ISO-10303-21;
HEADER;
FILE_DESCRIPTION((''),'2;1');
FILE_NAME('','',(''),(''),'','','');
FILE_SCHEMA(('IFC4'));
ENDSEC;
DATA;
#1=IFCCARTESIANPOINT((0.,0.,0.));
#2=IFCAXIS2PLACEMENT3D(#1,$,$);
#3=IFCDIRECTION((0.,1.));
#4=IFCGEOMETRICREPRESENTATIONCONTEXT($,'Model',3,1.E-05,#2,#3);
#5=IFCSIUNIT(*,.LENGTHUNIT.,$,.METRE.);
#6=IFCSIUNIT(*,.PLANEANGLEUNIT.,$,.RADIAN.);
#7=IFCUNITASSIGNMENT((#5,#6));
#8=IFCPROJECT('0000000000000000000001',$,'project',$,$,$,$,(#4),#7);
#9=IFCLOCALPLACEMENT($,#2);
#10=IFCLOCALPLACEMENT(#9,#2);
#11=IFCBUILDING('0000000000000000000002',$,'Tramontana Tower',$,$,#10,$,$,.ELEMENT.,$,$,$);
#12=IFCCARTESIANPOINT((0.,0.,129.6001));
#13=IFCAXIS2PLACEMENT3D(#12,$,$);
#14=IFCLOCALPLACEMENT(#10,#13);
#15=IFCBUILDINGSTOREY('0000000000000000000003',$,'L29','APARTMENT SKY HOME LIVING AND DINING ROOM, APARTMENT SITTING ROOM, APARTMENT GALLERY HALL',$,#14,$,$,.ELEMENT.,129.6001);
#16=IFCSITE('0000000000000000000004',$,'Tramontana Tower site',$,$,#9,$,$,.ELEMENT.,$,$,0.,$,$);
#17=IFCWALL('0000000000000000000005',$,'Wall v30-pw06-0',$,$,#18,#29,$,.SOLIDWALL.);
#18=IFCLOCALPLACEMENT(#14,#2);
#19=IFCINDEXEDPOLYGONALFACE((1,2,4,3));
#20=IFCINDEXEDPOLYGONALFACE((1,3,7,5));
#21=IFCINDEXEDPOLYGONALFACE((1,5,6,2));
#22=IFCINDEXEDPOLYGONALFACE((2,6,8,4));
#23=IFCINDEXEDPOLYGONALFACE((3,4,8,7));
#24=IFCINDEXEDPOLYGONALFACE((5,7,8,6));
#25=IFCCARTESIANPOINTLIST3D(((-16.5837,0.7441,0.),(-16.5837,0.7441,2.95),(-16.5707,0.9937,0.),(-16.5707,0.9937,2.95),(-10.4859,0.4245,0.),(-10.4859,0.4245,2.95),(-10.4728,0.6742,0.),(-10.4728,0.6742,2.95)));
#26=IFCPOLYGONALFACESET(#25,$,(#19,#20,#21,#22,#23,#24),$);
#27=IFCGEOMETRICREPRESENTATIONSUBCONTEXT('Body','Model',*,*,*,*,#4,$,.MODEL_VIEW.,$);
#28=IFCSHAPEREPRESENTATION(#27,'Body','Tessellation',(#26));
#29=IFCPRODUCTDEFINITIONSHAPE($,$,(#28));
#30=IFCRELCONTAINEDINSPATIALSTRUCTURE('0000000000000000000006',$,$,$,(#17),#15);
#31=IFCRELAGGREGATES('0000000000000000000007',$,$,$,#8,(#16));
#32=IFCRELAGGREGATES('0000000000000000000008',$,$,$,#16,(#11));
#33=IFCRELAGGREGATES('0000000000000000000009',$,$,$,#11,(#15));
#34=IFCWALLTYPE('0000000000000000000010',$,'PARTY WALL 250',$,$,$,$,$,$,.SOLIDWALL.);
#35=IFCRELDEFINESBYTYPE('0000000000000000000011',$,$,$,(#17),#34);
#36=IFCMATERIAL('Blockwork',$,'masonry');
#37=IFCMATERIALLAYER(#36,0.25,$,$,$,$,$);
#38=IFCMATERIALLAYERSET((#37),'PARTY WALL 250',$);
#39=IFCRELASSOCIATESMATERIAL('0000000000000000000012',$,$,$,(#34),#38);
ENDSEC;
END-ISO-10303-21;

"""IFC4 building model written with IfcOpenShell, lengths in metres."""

from ifc_helpers import new_model, si_unit, direction, frame, frame_2d, origin, place, context, subcontext, project, spatial, rectangle, extrude, material, layer, layer_set, type_object, element, save


model = new_model("IFC4")

# Units and contexts
model_context = context("Model", 3, precision=1e-05, world=origin(), true_north=direction((0.0, 1.0)))
body_context = subcontext(model_context, "Body", "Model", "MODEL_VIEW")
ifc_project = project(units=[si_unit("LENGTHUNIT", "METRE"), si_unit("PLANEANGLEUNIT", "RADIAN")], contexts=[model_context])

# Site, building, storey
site_placement = place(None, origin())
site = spatial("IfcSite", under=ifc_project, at=site_placement, Name="Tramontana Tower site", CompositionType="ELEMENT", RefElevation=0.0)
building_placement = place(site_placement, origin())
building = spatial("IfcBuilding", under=site, at=building_placement, Name="Tramontana Tower", CompositionType="ELEMENT")
storey_placement = place(building_placement, frame((0.0, 0.0, 129.6001)))
storey = spatial("IfcBuildingStorey", under=building, at=storey_placement, Name="L29", Description="APARTMENT SKY HOME LIVING AND DINING ROOM, APARTMENT SITTING ROOM, APARTMENT GALLERY HALL", CompositionType="ELEMENT", Elevation=129.6001)

# Wall
ifc_material_1 = material(Name="Blockwork", Category="masonry")
ifc_layer_1 = layer(ifc_material_1, 0.25)
ifc_layer_set_1 = layer_set([ifc_layer_1], Name="PARTY WALL 250")
wall_type_1 = type_object("IfcWallType", Name="PARTY WALL 250", PredefinedType="SOLIDWALL", material=ifc_layer_set_1)
wall_1_placement = place(storey_placement, frame((-10.4792, 0.5493, 0.0), z_axis=(0.0, 0.0, 1.0), x_axis=(-0.99863, 0.052336, 0.0)))
element("IfcWall", 1, at=wall_1_placement, inside=storey, type_object=wall_type_1, Name="Wall v30-pw06-0", PredefinedType="SOLIDWALL", context=body_context, shape_type="SweptSolid", body=[
    extrude(rectangle(XDim=6.1062, YDim=0.25, at=frame_2d((3.0532, 0.0))), origin(), (0.0, 0.0, 1.0), 2.95),
])

save(model, "model.ifc")
